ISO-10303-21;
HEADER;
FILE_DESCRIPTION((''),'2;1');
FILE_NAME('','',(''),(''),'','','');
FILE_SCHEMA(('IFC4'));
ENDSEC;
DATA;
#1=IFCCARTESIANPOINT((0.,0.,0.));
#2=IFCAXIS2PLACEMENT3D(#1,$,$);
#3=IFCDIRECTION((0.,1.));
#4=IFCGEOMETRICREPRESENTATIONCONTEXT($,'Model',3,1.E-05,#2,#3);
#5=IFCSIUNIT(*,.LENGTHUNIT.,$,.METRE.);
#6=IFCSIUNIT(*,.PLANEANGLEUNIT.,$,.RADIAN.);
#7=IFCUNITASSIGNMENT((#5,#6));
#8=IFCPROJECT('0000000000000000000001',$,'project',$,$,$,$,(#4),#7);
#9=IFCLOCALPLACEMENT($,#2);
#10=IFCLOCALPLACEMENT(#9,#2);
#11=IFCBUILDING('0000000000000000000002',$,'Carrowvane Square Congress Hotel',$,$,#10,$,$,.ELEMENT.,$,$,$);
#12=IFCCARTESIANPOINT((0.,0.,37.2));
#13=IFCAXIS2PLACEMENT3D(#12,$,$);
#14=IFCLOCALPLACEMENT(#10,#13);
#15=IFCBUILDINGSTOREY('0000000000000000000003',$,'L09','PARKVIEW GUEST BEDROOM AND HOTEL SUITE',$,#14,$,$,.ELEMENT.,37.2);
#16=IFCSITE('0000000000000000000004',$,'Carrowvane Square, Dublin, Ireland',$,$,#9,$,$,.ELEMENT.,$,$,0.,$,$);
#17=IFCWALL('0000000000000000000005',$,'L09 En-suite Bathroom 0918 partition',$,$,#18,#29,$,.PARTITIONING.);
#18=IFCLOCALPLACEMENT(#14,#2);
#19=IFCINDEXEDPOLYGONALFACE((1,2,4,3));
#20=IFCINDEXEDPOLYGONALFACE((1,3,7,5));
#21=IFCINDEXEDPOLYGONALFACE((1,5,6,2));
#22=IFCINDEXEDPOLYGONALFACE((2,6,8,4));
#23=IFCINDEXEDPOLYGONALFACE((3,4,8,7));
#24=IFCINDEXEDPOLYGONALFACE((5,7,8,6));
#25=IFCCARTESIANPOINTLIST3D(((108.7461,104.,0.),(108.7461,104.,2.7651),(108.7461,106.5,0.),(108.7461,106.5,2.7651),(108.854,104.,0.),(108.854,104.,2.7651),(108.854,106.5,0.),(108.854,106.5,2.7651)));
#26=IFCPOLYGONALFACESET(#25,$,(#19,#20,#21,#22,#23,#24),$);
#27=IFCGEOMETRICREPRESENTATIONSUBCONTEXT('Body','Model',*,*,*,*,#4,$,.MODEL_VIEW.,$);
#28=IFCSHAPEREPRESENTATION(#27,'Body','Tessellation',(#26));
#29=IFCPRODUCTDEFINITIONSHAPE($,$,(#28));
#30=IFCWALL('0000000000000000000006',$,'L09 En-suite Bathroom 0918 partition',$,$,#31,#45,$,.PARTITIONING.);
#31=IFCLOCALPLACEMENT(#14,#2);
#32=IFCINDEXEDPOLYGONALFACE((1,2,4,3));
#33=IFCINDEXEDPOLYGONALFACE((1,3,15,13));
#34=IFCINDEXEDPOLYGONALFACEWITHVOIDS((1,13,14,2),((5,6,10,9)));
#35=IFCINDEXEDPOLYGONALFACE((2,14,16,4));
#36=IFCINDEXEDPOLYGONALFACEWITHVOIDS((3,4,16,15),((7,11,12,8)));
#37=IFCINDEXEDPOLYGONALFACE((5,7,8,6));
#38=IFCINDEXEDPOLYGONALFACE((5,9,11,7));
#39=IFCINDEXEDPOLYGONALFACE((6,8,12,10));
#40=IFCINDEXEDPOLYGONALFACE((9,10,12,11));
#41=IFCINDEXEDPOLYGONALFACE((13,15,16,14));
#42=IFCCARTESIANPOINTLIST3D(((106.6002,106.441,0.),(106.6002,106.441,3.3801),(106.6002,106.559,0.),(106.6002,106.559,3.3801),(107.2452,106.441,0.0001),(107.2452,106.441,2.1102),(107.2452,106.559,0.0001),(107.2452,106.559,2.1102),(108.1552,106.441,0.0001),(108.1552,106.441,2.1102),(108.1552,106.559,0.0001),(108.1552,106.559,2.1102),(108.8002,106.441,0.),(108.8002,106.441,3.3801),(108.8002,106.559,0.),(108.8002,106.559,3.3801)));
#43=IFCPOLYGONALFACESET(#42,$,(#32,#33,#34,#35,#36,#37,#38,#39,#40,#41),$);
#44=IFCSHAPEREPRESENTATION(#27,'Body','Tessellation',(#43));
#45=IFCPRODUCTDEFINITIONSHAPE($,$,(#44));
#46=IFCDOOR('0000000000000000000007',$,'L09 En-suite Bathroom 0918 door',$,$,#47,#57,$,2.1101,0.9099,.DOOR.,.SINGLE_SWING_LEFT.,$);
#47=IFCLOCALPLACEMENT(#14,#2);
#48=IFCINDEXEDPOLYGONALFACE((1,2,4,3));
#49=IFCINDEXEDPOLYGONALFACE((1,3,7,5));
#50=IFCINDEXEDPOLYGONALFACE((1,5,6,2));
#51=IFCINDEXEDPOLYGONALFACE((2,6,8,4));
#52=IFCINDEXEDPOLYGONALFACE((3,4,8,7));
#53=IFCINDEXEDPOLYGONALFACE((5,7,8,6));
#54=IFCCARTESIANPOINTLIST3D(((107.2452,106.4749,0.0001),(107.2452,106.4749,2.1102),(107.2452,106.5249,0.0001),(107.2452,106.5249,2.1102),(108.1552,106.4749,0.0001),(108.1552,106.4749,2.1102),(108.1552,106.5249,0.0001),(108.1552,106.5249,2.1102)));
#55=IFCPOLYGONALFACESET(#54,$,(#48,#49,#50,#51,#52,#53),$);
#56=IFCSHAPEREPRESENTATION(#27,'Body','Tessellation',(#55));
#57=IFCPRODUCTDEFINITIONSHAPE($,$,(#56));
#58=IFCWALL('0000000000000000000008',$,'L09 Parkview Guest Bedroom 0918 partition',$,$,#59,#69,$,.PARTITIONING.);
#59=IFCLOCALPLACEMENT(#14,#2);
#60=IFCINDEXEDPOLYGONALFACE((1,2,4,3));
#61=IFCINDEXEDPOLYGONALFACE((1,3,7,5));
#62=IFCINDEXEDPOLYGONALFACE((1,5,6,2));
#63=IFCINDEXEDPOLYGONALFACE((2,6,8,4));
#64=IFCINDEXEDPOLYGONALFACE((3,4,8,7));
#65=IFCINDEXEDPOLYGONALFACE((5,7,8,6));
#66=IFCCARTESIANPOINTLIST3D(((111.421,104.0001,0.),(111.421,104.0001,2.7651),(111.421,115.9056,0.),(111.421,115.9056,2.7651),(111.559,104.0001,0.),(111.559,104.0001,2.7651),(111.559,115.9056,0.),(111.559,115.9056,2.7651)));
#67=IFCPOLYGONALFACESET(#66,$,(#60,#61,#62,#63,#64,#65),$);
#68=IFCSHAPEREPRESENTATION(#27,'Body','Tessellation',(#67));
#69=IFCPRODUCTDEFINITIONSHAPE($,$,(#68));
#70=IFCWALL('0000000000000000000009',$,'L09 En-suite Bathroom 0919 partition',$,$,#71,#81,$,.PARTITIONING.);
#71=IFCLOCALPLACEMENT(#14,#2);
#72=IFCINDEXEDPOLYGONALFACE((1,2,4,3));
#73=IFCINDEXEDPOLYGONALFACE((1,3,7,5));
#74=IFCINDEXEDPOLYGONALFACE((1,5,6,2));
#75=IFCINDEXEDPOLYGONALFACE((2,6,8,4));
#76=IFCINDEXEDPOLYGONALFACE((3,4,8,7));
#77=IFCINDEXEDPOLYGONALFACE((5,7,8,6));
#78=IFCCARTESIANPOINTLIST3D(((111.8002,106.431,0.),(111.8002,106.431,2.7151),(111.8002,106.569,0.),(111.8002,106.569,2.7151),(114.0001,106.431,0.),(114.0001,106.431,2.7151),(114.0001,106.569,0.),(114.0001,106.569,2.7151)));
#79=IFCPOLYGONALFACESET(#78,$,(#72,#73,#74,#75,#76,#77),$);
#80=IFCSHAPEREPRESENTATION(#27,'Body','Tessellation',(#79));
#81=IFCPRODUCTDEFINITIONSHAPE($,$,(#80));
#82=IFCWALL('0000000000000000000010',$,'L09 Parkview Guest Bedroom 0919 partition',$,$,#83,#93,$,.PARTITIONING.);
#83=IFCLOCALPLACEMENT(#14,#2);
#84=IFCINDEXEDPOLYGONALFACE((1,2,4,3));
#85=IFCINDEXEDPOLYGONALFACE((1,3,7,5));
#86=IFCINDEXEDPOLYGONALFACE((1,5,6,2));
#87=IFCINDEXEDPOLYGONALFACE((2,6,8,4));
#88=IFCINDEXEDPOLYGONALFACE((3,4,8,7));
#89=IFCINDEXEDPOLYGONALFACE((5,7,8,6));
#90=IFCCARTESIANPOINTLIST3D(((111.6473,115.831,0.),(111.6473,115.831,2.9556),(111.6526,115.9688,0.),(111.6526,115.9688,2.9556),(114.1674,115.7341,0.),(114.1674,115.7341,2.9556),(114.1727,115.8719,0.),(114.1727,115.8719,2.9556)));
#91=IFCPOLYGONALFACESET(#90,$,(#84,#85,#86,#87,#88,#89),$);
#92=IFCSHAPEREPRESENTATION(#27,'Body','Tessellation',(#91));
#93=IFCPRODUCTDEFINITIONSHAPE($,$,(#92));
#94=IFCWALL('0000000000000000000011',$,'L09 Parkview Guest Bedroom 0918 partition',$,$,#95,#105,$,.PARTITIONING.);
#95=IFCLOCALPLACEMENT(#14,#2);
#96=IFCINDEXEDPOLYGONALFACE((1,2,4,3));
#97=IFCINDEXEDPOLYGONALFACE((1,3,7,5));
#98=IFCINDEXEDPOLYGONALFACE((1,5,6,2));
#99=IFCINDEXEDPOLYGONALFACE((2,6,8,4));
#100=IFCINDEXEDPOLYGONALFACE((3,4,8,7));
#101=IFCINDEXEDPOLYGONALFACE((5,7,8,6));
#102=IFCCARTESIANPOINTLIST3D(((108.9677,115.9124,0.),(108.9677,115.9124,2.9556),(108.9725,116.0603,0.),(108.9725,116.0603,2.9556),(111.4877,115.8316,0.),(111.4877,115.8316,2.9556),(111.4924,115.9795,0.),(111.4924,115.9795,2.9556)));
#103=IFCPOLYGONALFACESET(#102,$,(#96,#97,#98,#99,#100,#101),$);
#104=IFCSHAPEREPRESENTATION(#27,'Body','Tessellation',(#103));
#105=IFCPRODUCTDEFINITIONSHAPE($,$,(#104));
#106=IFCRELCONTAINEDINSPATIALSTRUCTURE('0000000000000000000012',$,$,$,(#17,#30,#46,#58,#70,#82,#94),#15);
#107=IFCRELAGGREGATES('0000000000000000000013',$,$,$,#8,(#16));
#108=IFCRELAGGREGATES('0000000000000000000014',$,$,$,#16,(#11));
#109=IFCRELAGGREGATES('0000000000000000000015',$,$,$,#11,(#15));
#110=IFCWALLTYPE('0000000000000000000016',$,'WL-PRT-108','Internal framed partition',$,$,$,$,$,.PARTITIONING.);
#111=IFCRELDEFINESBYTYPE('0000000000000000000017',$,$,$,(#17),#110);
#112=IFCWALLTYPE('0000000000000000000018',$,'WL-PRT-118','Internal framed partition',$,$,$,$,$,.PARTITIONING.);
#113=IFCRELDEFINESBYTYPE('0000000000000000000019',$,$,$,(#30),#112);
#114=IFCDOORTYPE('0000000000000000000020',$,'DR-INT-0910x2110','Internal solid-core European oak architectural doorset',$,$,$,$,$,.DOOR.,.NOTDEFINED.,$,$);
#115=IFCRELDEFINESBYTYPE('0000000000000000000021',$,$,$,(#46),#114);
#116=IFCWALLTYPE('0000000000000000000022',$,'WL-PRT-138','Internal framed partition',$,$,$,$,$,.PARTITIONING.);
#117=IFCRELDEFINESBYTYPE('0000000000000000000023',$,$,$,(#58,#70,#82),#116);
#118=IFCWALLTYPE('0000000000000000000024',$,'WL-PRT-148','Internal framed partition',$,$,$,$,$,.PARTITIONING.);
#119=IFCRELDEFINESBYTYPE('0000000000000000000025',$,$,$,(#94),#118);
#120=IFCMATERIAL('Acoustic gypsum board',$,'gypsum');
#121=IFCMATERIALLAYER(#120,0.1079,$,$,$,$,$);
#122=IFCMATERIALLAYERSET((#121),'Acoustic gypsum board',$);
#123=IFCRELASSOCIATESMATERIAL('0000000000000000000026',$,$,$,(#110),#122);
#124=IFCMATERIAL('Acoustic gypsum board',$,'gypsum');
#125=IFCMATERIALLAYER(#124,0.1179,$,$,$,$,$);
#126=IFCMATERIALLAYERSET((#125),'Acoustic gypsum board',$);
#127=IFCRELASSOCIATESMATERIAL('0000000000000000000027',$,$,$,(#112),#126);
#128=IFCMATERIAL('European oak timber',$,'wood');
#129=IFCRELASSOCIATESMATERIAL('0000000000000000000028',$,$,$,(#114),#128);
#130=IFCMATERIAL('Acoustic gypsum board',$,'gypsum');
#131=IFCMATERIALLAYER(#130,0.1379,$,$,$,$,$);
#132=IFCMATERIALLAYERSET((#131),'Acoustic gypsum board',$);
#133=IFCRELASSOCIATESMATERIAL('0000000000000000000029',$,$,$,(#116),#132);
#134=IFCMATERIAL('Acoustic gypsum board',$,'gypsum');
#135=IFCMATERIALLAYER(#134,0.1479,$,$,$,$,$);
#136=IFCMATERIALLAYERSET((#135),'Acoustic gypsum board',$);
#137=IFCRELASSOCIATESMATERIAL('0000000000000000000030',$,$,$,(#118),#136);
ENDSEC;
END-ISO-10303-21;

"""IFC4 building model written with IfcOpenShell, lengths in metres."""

from ifc_helpers import new_model, si_unit, direction, frame, frame_2d, origin, place, context, subcontext, project, spatial, rectangle, extrude, material, layer, layer_set, type_object, element, fill, save


model = new_model("IFC4")

# Units and contexts
model_context = context("Model", 3, precision=1e-05, world=origin(), true_north=direction((0.0, 1.0)))
body_context = subcontext(model_context, "Body", "Model", "MODEL_VIEW")
ifc_project = project(units=[si_unit("LENGTHUNIT", "METRE"), si_unit("PLANEANGLEUNIT", "RADIAN")], contexts=[model_context])

# Site, building, storey
site_placement = place(None, origin())
site = spatial("IfcSite", under=ifc_project, at=site_placement, Name="Carrowvane Square, Dublin, Ireland", CompositionType="ELEMENT", RefElevation=0.0)
building_placement = place(site_placement, origin())
building = spatial("IfcBuilding", under=site, at=building_placement, Name="Carrowvane Square Congress Hotel", CompositionType="ELEMENT")
storey_placement = place(building_placement, frame((0.0, 0.0, 37.2)))
storey = spatial("IfcBuildingStorey", under=building, at=storey_placement, Name="L09", Description="PARKVIEW GUEST BEDROOM AND HOTEL SUITE", CompositionType="ELEMENT", Elevation=37.2)

# Wall
ifc_material_1 = material(Name="Acoustic gypsum board", Category="gypsum")
ifc_layer_1 = layer(ifc_material_1, 0.1079)
ifc_layer_set_1 = layer_set([ifc_layer_1], Name="Acoustic gypsum board")
wall_type_1 = type_object("IfcWallType", Name="WL-PRT-108", Description="Internal framed partition", PredefinedType="PARTITIONING", material=ifc_layer_set_1)
wall_1_placement = place(storey_placement, frame((108.8, 106.5, 0.0), z_axis=(0.0, 0.0, 1.0), x_axis=(0.0, -1.0, 0.0)))
element("IfcWall", 1, at=wall_1_placement, inside=storey, type_object=wall_type_1, Name="L09 En-suite Bathroom 0918 partition", PredefinedType="PARTITIONING", context=body_context, shape_type="SweptSolid", body=[
    extrude(rectangle(XDim=2.5, YDim=0.1079, at=frame_2d((1.25, 0.0))), origin(), (0.0, 0.0, 1.0), 2.7651),
])

# Wall, opening, door
ifc_material_2 = material(Name="Acoustic gypsum board", Category="gypsum")
ifc_layer_2 = layer(ifc_material_2, 0.1179)
ifc_layer_set_2 = layer_set([ifc_layer_2], Name="Acoustic gypsum board")
wall_type_2 = type_object("IfcWallType", Name="WL-PRT-118", Description="Internal framed partition", PredefinedType="PARTITIONING", material=ifc_layer_set_2)
wall_2_placement = place(storey_placement, frame((106.6001, 106.5, 0.0), z_axis=(0.0, 0.0, 1.0), x_axis=(1.0, 0.0, 0.0)))
wall_2 = element("IfcWall", 2, at=wall_2_placement, inside=storey, type_object=wall_type_2, Name="L09 En-suite Bathroom 0918 partition", PredefinedType="PARTITIONING", context=body_context, shape_type="SweptSolid", body=[
    extrude(rectangle(XDim=2.2, YDim=0.1179, at=frame_2d((1.1001, 0.0))), origin(), (0.0, 0.0, 1.0), 3.3801),
])
opening_1_placement = place(wall_2_placement, frame((0.645, 0.0, 0.0)))
opening_1 = element("IfcOpeningElement", 3, at=opening_1_placement, cuts=wall_2, PredefinedType="OPENING", context=body_context, shape_type="SweptSolid", body=[
    extrude(rectangle(XDim=0.9099, YDim=2.1101, at=frame_2d((0.4551, 1.0552))), frame((0.0, 0.0688, 0.0), z_axis=(0.0, -1.0, 0.0), x_axis=(1.0, 0.0, 0.0)), (0.0, 0.0, 1.0), 0.1379),
])
ifc_material_3 = material(Name="European oak timber", Category="wood")
door_type_1 = type_object("IfcDoorType", Name="DR-INT-0910x2110", Description="Internal solid-core European oak architectural doorset", OperationType="NOTDEFINED", PredefinedType="DOOR", material=ifc_material_3)
door_1_placement = place(opening_1_placement, origin())
door_1 = element("IfcDoor", 4, at=door_1_placement, inside=storey, type_object=door_type_1, Name="L09 En-suite Bathroom 0918 door", OperationType="SINGLE_SWING_LEFT", OverallHeight=2.1101, OverallWidth=0.9099, PredefinedType="DOOR", context=body_context, shape_type="SweptSolid", body=[
    extrude(rectangle(XDim=0.9099, YDim=2.1101, at=frame_2d((0.4551, 1.0552))), frame((0.0, 0.0249, 0.0), z_axis=(0.0, -1.0, 0.0), x_axis=(1.0, 0.0, 0.0)), (0.0, 0.0, 1.0), 0.05),
])
fill(opening_1, door_1)

# Walls
ifc_material_4 = material(Name="Acoustic gypsum board", Category="gypsum")
ifc_layer_3 = layer(ifc_material_4, 0.1379)
ifc_layer_set_3 = layer_set([ifc_layer_3], Name="Acoustic gypsum board")
wall_type_3 = type_object("IfcWallType", Name="WL-PRT-138", Description="Internal framed partition", PredefinedType="PARTITIONING", material=ifc_layer_set_3)
wall_3_placement = place(storey_placement, frame((111.49, 115.9055, 0.0), z_axis=(0.0, 0.0, 1.0), x_axis=(0.0, -1.0, 0.0)))
element("IfcWall", 5, at=wall_3_placement, inside=storey, type_object=wall_type_3, Name="L09 Parkview Guest Bedroom 0918 partition", PredefinedType="PARTITIONING", context=body_context, shape_type="SweptSolid", body=[
    extrude(rectangle(XDim=11.9055, YDim=0.1379, at=frame_2d((5.9526, 0.0))), origin(), (0.0, 0.0, 1.0), 2.7651),
])
wall_4_placement = place(storey_placement, frame((111.8, 106.5, 0.0), z_axis=(0.0, 0.0, 1.0), x_axis=(1.0, 0.0, 0.0)))
element("IfcWall", 6, at=wall_4_placement, inside=storey, type_object=wall_type_3, Name="L09 En-suite Bathroom 0919 partition", PredefinedType="PARTITIONING", context=body_context, shape_type="SweptSolid", body=[
    extrude(rectangle(XDim=2.2, YDim=0.1379, at=frame_2d((1.1001, 0.0))), origin(), (0.0, 0.0, 1.0), 2.7151),
])
wall_5_placement = place(storey_placement, frame((111.6499, 115.8999, 0.0), z_axis=(0.0, 0.0, 1.0), x_axis=(0.999261, -0.038433, 0.0)))
element("IfcWall", 7, at=wall_5_placement, inside=storey, type_object=wall_type_3, Name="L09 Parkview Guest Bedroom 0919 partition", PredefinedType="PARTITIONING", context=body_context, shape_type="SweptSolid", body=[
    extrude(rectangle(XDim=2.522, YDim=0.1379, at=frame_2d((1.261, 0.0))), origin(), (0.0, 0.0, 1.0), 2.9556),
])
ifc_material_5 = material(Name="Acoustic gypsum board", Category="gypsum")
ifc_layer_4 = layer(ifc_material_5, 0.1479)
ifc_layer_set_4 = layer_set([ifc_layer_4], Name="Acoustic gypsum board")
wall_type_4 = type_object("IfcWallType", Name="WL-PRT-148", Description="Internal framed partition", PredefinedType="PARTITIONING", material=ifc_layer_set_4)
wall_6_placement = place(storey_placement, frame((108.97, 115.9863, 0.0), z_axis=(0.0, 0.0, 1.0), x_axis=(0.999486, -0.032051, 0.0)))
element("IfcWall", 8, at=wall_6_placement, inside=storey, type_object=wall_type_4, Name="L09 Parkview Guest Bedroom 0918 partition", PredefinedType="PARTITIONING", context=body_context, shape_type="SweptSolid", body=[
    extrude(rectangle(XDim=2.5212, YDim=0.1479, at=frame_2d((1.2607, 0.0))), origin(), (0.0, 0.0, 1.0), 2.9556),
])

save(model, "model.ifc")
